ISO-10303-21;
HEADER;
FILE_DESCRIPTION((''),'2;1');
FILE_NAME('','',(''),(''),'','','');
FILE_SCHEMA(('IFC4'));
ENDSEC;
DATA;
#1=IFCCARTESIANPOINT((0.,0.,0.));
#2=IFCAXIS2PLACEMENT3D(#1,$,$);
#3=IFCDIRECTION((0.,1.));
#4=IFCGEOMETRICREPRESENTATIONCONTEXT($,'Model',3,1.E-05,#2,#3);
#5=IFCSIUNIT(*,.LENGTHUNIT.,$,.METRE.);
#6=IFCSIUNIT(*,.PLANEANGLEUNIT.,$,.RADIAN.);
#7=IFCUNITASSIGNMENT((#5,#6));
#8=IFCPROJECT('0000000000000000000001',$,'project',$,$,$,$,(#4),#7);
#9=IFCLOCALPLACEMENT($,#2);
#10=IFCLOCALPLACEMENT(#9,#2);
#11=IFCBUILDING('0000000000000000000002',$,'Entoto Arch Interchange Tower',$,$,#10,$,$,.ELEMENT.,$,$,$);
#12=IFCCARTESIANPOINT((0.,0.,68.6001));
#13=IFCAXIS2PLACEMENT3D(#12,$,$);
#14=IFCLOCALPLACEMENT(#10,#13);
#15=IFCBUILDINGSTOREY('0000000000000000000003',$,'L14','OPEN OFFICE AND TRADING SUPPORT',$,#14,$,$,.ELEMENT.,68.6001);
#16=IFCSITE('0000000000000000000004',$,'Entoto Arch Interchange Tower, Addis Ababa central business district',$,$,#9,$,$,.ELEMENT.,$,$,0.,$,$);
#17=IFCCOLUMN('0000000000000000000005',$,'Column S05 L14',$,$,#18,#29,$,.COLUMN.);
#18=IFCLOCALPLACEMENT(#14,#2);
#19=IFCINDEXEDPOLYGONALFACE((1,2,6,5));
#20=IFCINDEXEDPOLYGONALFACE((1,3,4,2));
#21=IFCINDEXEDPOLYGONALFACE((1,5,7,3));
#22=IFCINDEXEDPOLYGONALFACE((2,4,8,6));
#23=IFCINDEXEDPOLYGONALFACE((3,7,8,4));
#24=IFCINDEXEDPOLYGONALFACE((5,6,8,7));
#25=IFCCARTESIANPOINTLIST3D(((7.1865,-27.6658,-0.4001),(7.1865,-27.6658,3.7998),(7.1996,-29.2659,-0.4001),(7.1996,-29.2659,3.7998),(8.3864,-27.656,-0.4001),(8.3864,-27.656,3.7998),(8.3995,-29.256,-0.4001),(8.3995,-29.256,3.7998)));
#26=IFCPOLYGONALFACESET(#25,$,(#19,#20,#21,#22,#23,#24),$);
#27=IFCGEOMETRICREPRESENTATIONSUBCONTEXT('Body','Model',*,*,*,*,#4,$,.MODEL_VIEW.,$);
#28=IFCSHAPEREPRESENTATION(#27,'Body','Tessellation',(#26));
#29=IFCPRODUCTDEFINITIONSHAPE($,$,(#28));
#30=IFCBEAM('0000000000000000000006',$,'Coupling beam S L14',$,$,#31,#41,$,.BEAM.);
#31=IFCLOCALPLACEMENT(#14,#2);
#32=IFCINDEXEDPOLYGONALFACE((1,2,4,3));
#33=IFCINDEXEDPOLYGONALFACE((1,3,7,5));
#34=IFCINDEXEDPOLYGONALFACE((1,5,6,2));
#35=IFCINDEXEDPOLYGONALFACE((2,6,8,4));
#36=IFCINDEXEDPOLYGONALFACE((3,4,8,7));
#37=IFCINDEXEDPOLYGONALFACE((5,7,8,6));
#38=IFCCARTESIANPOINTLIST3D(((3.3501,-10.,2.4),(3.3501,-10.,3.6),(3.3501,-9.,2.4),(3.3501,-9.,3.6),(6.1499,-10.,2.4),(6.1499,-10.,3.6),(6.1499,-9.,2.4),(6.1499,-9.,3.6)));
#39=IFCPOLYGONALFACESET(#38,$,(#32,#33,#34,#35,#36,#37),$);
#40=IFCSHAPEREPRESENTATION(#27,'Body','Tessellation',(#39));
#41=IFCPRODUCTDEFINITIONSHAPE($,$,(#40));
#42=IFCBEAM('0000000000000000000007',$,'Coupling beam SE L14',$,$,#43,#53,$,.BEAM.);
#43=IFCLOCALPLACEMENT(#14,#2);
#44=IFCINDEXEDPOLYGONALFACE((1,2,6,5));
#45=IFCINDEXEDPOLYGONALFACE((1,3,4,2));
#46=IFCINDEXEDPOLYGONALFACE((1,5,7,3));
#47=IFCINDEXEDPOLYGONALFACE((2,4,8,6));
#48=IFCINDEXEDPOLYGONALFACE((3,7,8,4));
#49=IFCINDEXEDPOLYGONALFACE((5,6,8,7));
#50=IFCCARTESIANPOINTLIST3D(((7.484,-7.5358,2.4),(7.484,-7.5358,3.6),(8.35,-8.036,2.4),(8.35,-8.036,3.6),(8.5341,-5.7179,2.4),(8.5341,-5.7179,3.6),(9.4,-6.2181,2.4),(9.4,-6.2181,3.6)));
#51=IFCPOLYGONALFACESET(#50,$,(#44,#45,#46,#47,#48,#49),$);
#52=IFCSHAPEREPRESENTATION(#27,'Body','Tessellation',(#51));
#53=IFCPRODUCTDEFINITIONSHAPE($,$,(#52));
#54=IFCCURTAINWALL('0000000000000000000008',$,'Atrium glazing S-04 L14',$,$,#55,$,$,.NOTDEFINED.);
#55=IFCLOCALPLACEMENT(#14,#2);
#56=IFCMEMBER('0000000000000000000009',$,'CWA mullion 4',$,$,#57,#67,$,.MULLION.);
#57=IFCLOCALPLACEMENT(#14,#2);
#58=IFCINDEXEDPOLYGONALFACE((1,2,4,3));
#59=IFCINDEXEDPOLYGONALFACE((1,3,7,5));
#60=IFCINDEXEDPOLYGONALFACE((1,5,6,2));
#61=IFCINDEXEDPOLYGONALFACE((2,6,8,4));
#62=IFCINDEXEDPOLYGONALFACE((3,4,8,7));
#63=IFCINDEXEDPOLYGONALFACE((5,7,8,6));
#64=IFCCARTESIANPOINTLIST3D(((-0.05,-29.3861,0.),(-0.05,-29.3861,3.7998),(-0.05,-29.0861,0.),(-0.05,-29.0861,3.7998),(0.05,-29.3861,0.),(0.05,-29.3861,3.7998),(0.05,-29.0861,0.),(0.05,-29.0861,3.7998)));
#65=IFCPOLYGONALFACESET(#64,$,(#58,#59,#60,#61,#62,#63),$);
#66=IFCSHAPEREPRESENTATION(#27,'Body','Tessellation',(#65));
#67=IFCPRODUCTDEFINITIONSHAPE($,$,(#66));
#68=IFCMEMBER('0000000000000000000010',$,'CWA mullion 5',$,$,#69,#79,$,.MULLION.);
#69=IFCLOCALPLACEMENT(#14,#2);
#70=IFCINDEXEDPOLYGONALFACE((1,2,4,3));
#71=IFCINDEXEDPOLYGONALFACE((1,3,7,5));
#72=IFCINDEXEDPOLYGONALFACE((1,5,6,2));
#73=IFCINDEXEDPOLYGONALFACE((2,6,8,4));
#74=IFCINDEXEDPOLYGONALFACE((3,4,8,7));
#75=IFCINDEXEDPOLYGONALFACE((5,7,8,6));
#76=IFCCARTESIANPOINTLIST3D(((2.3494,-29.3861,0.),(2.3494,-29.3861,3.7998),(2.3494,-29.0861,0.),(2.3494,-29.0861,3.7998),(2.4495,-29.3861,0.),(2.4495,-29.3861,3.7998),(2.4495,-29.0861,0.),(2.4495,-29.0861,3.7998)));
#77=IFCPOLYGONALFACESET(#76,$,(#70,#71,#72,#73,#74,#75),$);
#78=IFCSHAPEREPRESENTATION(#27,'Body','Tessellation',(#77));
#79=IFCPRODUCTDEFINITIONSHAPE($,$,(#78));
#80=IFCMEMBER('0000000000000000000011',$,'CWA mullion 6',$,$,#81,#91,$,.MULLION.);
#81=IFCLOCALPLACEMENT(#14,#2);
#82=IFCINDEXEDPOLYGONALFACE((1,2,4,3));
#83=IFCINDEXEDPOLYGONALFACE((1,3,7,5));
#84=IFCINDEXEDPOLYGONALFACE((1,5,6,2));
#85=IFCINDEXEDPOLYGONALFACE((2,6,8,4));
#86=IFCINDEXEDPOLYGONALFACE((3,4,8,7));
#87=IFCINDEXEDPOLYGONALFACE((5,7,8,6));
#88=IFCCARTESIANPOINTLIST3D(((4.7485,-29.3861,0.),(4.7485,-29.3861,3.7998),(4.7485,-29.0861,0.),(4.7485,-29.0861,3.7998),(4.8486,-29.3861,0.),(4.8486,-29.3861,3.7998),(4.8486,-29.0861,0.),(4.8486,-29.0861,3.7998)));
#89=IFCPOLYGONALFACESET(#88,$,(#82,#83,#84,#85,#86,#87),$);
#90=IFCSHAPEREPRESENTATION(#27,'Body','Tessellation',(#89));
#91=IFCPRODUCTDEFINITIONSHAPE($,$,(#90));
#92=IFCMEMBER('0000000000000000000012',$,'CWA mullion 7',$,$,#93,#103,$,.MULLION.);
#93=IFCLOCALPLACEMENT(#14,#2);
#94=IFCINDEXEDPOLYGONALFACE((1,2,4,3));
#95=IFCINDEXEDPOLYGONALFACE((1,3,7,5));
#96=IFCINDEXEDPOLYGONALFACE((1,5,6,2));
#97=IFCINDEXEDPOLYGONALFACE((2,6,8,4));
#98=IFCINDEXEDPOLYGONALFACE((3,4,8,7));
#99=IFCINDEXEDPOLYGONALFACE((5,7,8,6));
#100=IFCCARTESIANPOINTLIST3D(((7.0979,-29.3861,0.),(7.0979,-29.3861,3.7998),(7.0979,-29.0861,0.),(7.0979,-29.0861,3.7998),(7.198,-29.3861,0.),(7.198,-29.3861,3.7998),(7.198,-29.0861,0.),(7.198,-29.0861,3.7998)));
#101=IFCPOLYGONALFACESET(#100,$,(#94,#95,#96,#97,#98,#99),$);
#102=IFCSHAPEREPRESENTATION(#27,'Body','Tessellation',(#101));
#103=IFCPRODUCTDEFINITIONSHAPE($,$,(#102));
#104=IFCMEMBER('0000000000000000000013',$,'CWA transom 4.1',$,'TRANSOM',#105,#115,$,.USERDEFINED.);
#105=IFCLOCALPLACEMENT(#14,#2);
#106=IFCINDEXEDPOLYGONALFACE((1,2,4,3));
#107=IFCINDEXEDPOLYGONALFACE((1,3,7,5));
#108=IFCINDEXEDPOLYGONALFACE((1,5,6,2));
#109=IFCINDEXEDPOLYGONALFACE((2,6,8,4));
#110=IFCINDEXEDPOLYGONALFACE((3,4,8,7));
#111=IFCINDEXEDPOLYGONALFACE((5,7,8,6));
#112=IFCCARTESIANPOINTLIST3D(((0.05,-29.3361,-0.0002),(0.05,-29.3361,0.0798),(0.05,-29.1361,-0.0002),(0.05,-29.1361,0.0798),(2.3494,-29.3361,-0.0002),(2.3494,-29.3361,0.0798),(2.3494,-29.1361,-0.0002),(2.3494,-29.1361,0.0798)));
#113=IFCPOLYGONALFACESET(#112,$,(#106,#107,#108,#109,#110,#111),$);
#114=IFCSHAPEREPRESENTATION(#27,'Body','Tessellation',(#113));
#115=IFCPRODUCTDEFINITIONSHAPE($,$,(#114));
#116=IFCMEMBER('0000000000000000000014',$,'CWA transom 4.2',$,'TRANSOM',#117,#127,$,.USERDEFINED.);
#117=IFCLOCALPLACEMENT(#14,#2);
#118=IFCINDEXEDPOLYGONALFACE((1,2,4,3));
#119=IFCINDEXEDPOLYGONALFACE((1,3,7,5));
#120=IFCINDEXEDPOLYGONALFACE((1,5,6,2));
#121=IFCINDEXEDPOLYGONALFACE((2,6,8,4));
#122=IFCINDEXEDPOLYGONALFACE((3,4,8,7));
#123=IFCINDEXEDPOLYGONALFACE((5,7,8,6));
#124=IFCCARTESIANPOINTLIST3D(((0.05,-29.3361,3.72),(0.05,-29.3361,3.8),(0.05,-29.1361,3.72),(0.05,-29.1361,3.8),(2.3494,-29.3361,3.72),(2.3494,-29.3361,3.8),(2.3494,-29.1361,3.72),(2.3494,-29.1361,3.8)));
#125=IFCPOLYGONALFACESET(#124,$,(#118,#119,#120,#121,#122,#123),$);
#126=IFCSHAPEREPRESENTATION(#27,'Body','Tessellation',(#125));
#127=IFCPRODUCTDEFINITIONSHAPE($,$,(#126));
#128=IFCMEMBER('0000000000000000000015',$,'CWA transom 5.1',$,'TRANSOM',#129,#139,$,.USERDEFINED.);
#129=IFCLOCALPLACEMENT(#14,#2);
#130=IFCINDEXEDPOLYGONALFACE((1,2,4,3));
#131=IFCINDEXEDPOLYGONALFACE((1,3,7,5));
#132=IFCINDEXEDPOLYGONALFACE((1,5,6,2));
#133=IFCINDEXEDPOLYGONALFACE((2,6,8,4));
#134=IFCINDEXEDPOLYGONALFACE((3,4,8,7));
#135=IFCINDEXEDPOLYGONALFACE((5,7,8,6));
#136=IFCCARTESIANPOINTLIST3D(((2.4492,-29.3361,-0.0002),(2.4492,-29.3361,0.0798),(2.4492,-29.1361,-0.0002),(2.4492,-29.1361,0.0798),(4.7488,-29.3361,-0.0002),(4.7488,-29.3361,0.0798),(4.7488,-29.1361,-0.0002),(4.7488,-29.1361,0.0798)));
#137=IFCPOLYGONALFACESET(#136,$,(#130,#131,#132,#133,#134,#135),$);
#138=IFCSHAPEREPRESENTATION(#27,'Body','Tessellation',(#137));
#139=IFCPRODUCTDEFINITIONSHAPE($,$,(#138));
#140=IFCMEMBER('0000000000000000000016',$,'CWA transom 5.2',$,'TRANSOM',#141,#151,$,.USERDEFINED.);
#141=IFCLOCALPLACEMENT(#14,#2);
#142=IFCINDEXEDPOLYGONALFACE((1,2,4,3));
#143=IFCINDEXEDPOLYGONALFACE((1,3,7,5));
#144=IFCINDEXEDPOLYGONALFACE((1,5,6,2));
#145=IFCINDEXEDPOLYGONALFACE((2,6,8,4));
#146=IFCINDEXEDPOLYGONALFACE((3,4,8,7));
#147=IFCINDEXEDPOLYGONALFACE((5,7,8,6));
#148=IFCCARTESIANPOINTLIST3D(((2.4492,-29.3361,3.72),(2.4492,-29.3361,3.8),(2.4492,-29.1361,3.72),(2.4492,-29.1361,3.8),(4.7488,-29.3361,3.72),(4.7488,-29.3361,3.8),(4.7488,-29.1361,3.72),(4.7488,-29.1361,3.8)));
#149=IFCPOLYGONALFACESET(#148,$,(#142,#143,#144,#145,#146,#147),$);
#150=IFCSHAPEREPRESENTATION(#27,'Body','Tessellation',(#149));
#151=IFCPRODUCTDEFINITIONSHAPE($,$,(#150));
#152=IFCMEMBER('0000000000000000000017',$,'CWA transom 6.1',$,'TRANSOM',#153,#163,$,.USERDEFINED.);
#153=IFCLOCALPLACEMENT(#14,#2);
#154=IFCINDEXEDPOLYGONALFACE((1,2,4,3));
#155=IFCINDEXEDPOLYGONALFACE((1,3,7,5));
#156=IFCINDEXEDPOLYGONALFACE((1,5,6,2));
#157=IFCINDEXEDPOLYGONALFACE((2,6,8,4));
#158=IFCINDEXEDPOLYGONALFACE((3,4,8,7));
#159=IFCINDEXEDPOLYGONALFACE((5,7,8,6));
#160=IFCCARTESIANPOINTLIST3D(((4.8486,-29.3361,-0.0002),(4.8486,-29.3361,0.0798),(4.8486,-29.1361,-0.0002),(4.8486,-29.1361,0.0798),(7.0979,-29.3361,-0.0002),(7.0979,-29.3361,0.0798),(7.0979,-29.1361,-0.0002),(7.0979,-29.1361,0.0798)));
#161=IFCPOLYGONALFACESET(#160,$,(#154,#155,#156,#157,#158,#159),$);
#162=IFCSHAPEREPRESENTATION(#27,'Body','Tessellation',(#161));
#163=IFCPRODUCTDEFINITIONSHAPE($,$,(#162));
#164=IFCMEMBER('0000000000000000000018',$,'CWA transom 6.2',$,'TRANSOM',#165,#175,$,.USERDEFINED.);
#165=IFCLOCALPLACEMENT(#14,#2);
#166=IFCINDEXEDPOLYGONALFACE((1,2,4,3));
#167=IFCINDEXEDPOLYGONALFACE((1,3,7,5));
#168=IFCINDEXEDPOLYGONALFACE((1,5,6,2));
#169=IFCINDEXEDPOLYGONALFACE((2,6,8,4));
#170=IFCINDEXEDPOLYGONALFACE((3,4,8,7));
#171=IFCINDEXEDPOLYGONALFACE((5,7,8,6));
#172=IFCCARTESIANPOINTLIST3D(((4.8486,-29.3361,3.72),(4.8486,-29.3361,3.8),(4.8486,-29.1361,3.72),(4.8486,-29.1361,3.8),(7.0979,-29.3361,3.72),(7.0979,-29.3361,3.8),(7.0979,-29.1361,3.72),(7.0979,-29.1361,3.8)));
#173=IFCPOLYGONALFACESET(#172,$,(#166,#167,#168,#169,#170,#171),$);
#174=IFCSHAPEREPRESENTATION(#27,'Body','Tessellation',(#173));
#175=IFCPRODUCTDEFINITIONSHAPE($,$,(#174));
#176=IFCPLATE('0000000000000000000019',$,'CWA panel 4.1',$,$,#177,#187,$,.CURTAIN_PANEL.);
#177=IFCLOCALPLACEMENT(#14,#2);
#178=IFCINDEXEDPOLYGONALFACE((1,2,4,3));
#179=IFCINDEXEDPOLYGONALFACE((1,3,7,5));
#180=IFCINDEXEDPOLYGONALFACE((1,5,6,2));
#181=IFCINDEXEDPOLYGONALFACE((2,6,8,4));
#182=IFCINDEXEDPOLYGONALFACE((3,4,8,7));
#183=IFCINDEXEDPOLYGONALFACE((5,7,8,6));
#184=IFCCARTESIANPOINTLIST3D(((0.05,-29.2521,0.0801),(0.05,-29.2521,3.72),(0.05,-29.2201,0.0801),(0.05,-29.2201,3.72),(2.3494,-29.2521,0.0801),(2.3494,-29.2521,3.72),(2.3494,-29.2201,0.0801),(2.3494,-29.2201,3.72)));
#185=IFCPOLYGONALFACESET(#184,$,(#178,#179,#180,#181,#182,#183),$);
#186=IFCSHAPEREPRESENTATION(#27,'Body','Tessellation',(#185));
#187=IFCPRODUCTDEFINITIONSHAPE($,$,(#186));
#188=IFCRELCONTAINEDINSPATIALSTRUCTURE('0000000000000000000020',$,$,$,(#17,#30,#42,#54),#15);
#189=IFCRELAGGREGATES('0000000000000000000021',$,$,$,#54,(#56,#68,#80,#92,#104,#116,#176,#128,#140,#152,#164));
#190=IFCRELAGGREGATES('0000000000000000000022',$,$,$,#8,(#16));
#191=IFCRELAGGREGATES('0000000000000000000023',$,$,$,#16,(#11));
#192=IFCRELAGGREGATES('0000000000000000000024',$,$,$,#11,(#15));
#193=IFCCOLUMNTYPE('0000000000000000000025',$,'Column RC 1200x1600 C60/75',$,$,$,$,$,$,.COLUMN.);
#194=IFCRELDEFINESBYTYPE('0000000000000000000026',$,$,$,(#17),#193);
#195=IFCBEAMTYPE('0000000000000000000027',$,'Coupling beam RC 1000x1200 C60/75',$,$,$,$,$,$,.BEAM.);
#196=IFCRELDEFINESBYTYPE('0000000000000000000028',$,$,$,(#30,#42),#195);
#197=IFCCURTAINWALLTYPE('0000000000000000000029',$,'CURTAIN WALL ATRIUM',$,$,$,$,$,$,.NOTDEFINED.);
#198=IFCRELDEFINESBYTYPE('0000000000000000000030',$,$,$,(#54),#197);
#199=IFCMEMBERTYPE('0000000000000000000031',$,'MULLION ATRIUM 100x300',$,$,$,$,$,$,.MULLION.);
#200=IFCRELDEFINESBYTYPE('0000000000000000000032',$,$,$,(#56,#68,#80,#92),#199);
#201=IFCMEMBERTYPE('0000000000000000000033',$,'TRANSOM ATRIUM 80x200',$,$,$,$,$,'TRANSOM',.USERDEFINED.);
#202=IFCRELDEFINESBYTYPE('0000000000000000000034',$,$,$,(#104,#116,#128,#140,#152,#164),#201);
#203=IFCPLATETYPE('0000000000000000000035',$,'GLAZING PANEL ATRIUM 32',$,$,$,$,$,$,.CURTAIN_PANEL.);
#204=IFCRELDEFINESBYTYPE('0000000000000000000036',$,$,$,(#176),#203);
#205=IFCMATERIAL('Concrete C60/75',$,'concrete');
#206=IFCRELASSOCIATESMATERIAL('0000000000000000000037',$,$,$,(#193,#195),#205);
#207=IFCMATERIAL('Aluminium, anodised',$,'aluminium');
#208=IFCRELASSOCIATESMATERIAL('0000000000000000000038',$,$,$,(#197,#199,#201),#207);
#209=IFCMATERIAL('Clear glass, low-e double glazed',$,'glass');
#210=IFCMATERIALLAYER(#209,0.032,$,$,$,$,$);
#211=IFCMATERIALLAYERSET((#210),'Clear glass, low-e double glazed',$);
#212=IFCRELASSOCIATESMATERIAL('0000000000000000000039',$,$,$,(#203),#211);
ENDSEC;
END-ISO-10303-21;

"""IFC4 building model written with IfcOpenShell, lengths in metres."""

from ifc_helpers import new_model, si_unit, direction, frame, origin, origin_2d, place, context, subcontext, project, spatial, rectangle, extrude, material, layer, layer_set, material_profile, profile_set, type_object, element, aggregate, save


model = new_model("IFC4")

# Units and contexts
model_context = context("Model", 3, precision=1e-05, world=origin(), true_north=direction((0.0, 1.0)))
body_context = subcontext(model_context, "Body", "Model", "MODEL_VIEW")
ifc_project = project(units=[si_unit("LENGTHUNIT", "METRE"), si_unit("PLANEANGLEUNIT", "RADIAN")], contexts=[model_context])

# Site, building, storey
site_placement = place(None, origin())
site = spatial("IfcSite", under=ifc_project, at=site_placement, Name="Entoto Arch Interchange Tower, Addis Ababa central business district", CompositionType="ELEMENT", RefElevation=0.0)
building_placement = place(site_placement, origin())
building = spatial("IfcBuilding", under=site, at=building_placement, Name="Entoto Arch Interchange Tower", CompositionType="ELEMENT")
storey_placement = place(building_placement, frame((0.0, 0.0, 68.6001)))
storey = spatial("IfcBuildingStorey", under=building, at=storey_placement, Name="L14", Description="OPEN OFFICE AND TRADING SUPPORT", CompositionType="ELEMENT", Elevation=68.6001)

# Column
ifc_material_1 = material(Name="Concrete C60/75", Category="concrete")
ifc_material_profile_1 = material_profile(ifc_material_1, rectangle(XDim=1.2, YDim=1.6001, at=origin_2d()))
ifc_profile_set_1 = profile_set([ifc_material_profile_1], Name="Concrete C60/75")
column_type = type_object("IfcColumnType", Name="Column RC 1200x1600 C60/75", PredefinedType="COLUMN", material=ifc_profile_set_1)
column_placement = place(storey_placement, frame((7.793, -28.4609, -0.4001), z_axis=(0.0, 0.0, 1.0), x_axis=(0.999966, 0.008203, 0.0)))
element("IfcColumn", 1, at=column_placement, inside=storey, type_object=column_type, Name="Column S05 L14", PredefinedType="COLUMN", context=body_context, shape_type="SweptSolid", body=[
    extrude(rectangle(XDim=1.2, YDim=1.6001, at=origin_2d()), origin(), (0.0, 0.0, 1.0), 4.2),
])

# Beams
ifc_material_profile_2 = material_profile(ifc_material_1, rectangle(XDim=1.0, YDim=1.2, at=origin_2d()))
ifc_profile_set_2 = profile_set([ifc_material_profile_2], Name="Concrete C60/75")
beam_type = type_object("IfcBeamType", Name="Coupling beam RC 1000x1200 C60/75", PredefinedType="BEAM", material=ifc_profile_set_2)
beam_1_placement = place(storey_placement, frame((3.3501, -9.5, 3.0), z_axis=(1.0, 0.0, 0.0), x_axis=(0.0, 1.0, 0.0)))
element("IfcBeam", 2, at=beam_1_placement, inside=storey, type_object=beam_type, Name="Coupling beam S L14", PredefinedType="BEAM", context=body_context, shape_type="SweptSolid", body=[
    extrude(rectangle(XDim=1.0, YDim=1.2, at=origin_2d()), origin(), (0.0, 0.0, 1.0), 2.7998),
])
beam_2_placement = place(storey_placement, frame((7.917, -7.7859, 3.0), z_axis=(0.500179, 0.865922, 0.0), x_axis=(-0.865922, 0.500179, 0.0)))
element("IfcBeam", 3, at=beam_2_placement, inside=storey, type_object=beam_type, Name="Coupling beam SE L14", PredefinedType="BEAM", context=body_context, shape_type="SweptSolid", body=[
    extrude(rectangle(XDim=1.0, YDim=1.2, at=origin_2d()), origin(), (0.0, 0.0, 1.0), 2.0994),
])

# Curtain wall, members, plate
ifc_material_2 = material(Name="Aluminium, anodised", Category="aluminium")
curtain_wall_type = type_object("IfcCurtainWallType", Name="CURTAIN WALL ATRIUM", PredefinedType="NOTDEFINED", material=ifc_material_2)
curtain_wall_placement = place(storey_placement, origin())
curtain_wall = element("IfcCurtainWall", 4, at=curtain_wall_placement, inside=storey, type_object=curtain_wall_type, Name="Atrium glazing S-04 L14", PredefinedType="NOTDEFINED")
ifc_material_profile_3 = material_profile(ifc_material_2, rectangle(XDim=0.3, YDim=0.1001, at=origin_2d()))
ifc_profile_set_3 = profile_set([ifc_material_profile_3], Name="Aluminium, anodised")
member_type_1 = type_object("IfcMemberType", Name="MULLION ATRIUM 100x300", PredefinedType="MULLION", material=ifc_profile_set_3)
member_1_placement = place(storey_placement, frame((0.0, -29.2361, 0.0), z_axis=(0.0, 0.0, 1.0), x_axis=(0.0, 1.0, 0.0)))
member_1 = element("IfcMember", 5, at=member_1_placement, type_object=member_type_1, Name="CWA mullion 4", PredefinedType="MULLION", context=body_context, shape_type="SweptSolid", body=[
    extrude(rectangle(XDim=0.3, YDim=0.1001, at=origin_2d()), origin(), (0.0, 0.0, 1.0), 3.7998),
])
member_2_placement = place(storey_placement, frame((2.3994, -29.2361, 0.0), z_axis=(0.0, 0.0, 1.0), x_axis=(0.0, 1.0, 0.0)))
member_2 = element("IfcMember", 6, at=member_2_placement, type_object=member_type_1, Name="CWA mullion 5", PredefinedType="MULLION", context=body_context, shape_type="SweptSolid", body=[
    extrude(rectangle(XDim=0.3, YDim=0.1001, at=origin_2d()), origin(), (0.0, 0.0, 1.0), 3.7998),
])
member_3_placement = place(storey_placement, frame((4.7986, -29.2361, 0.0), z_axis=(0.0, 0.0, 1.0), x_axis=(0.0, 1.0, 0.0)))
member_3 = element("IfcMember", 7, at=member_3_placement, type_object=member_type_1, Name="CWA mullion 6", PredefinedType="MULLION", context=body_context, shape_type="SweptSolid", body=[
    extrude(rectangle(XDim=0.3, YDim=0.1001, at=origin_2d()), origin(), (0.0, 0.0, 1.0), 3.7998),
])
member_4_placement = place(storey_placement, frame((7.1479, -29.2361, 0.0), z_axis=(0.0, 0.0, 1.0), x_axis=(0.0, 1.0, 0.0)))
member_4 = element("IfcMember", 8, at=member_4_placement, type_object=member_type_1, Name="CWA mullion 7", PredefinedType="MULLION", context=body_context, shape_type="SweptSolid", body=[
    extrude(rectangle(XDim=0.3, YDim=0.1001, at=origin_2d()), origin(), (0.0, 0.0, 1.0), 3.7998),
])
ifc_material_profile_4 = material_profile(ifc_material_2, rectangle(XDim=0.2, YDim=0.0801, at=origin_2d()))
ifc_profile_set_4 = profile_set([ifc_material_profile_4], Name="Aluminium, anodised")
member_type_2 = type_object("IfcMemberType", Name="TRANSOM ATRIUM 80x200", ElementType="TRANSOM", PredefinedType="USERDEFINED", material=ifc_profile_set_4)
member_5_placement = place(storey_placement, frame((0.05, -29.2361, 0.0398), z_axis=(1.0, 0.0, 0.0), x_axis=(0.0, 1.0, 0.0)))
member_5 = element("IfcMember", 9, at=member_5_placement, type_object=member_type_2, Name="CWA transom 4.1", ObjectType="TRANSOM", PredefinedType="USERDEFINED", context=body_context, shape_type="SweptSolid", body=[
    extrude(rectangle(XDim=0.2, YDim=0.0801, at=origin_2d()), origin(), (0.0, 0.0, 1.0), 2.2993),
])
member_6_placement = place(storey_placement, frame((0.05, -29.2361, 3.76), z_axis=(1.0, 0.0, 0.0), x_axis=(0.0, 1.0, 0.0)))
member_6 = element("IfcMember", 10, at=member_6_placement, type_object=member_type_2, Name="CWA transom 4.2", ObjectType="TRANSOM", PredefinedType="USERDEFINED", context=body_context, shape_type="SweptSolid", body=[
    extrude(rectangle(XDim=0.2, YDim=0.0801, at=origin_2d()), origin(), (0.0, 0.0, 1.0), 2.2993),
])
member_7_placement = place(storey_placement, frame((2.4492, -29.2361, 0.0398), z_axis=(1.0, 0.0, 0.0), x_axis=(0.0, 1.0, 0.0)))
member_7 = element("IfcMember", 11, at=member_7_placement, type_object=member_type_2, Name="CWA transom 5.1", ObjectType="TRANSOM", PredefinedType="USERDEFINED", context=body_context, shape_type="SweptSolid", body=[
    extrude(rectangle(XDim=0.2, YDim=0.0801, at=origin_2d()), origin(), (0.0, 0.0, 1.0), 2.2996),
])
member_8_placement = place(storey_placement, frame((2.4492, -29.2361, 3.76), z_axis=(1.0, 0.0, 0.0), x_axis=(0.0, 1.0, 0.0)))
member_8 = element("IfcMember", 12, at=member_8_placement, type_object=member_type_2, Name="CWA transom 5.2", ObjectType="TRANSOM", PredefinedType="USERDEFINED", context=body_context, shape_type="SweptSolid", body=[
    extrude(rectangle(XDim=0.2, YDim=0.0801, at=origin_2d()), origin(), (0.0, 0.0, 1.0), 2.2996),
])
member_9_placement = place(storey_placement, frame((4.8486, -29.2361, 0.0398), z_axis=(1.0, 0.0, 0.0), x_axis=(0.0, 1.0, 0.0)))
member_9 = element("IfcMember", 13, at=member_9_placement, type_object=member_type_2, Name="CWA transom 6.1", ObjectType="TRANSOM", PredefinedType="USERDEFINED", context=body_context, shape_type="SweptSolid", body=[
    extrude(rectangle(XDim=0.2, YDim=0.0801, at=origin_2d()), origin(), (0.0, 0.0, 1.0), 2.2493),
])
member_10_placement = place(storey_placement, frame((4.8486, -29.2361, 3.76), z_axis=(1.0, 0.0, 0.0), x_axis=(0.0, 1.0, 0.0)))
member_10 = element("IfcMember", 14, at=member_10_placement, type_object=member_type_2, Name="CWA transom 6.2", ObjectType="TRANSOM", PredefinedType="USERDEFINED", context=body_context, shape_type="SweptSolid", body=[
    extrude(rectangle(XDim=0.2, YDim=0.0801, at=origin_2d()), origin(), (0.0, 0.0, 1.0), 2.2493),
])
ifc_material_3 = material(Name="Clear glass, low-e double glazed", Category="glass")
ifc_layer_1 = layer(ifc_material_3, 0.032)
ifc_layer_set_1 = layer_set([ifc_layer_1], Name="Clear glass, low-e double glazed")
plate_type = type_object("IfcPlateType", Name="GLAZING PANEL ATRIUM 32", PredefinedType="CURTAIN_PANEL", material=ifc_layer_set_1)
plate_1_placement = place(storey_placement, frame((1.1997, -29.2361, 0.0801), z_axis=(0.0, 0.0, 1.0), x_axis=(1.0, 0.0, 0.0)))
plate_1 = element("IfcPlate", 15, at=plate_1_placement, type_object=plate_type, Name="CWA panel 4.1", PredefinedType="CURTAIN_PANEL", context=body_context, shape_type="SweptSolid", body=[
    extrude(rectangle(XDim=2.2993, YDim=0.032, at=origin_2d()), origin(), (0.0, 0.0, 1.0), 3.6399),
])
aggregate(curtain_wall, [member_1, member_2, member_3, member_4, member_5, member_6, plate_1, member_7, member_8, member_9, member_10])

save(model, "model.ifc")
